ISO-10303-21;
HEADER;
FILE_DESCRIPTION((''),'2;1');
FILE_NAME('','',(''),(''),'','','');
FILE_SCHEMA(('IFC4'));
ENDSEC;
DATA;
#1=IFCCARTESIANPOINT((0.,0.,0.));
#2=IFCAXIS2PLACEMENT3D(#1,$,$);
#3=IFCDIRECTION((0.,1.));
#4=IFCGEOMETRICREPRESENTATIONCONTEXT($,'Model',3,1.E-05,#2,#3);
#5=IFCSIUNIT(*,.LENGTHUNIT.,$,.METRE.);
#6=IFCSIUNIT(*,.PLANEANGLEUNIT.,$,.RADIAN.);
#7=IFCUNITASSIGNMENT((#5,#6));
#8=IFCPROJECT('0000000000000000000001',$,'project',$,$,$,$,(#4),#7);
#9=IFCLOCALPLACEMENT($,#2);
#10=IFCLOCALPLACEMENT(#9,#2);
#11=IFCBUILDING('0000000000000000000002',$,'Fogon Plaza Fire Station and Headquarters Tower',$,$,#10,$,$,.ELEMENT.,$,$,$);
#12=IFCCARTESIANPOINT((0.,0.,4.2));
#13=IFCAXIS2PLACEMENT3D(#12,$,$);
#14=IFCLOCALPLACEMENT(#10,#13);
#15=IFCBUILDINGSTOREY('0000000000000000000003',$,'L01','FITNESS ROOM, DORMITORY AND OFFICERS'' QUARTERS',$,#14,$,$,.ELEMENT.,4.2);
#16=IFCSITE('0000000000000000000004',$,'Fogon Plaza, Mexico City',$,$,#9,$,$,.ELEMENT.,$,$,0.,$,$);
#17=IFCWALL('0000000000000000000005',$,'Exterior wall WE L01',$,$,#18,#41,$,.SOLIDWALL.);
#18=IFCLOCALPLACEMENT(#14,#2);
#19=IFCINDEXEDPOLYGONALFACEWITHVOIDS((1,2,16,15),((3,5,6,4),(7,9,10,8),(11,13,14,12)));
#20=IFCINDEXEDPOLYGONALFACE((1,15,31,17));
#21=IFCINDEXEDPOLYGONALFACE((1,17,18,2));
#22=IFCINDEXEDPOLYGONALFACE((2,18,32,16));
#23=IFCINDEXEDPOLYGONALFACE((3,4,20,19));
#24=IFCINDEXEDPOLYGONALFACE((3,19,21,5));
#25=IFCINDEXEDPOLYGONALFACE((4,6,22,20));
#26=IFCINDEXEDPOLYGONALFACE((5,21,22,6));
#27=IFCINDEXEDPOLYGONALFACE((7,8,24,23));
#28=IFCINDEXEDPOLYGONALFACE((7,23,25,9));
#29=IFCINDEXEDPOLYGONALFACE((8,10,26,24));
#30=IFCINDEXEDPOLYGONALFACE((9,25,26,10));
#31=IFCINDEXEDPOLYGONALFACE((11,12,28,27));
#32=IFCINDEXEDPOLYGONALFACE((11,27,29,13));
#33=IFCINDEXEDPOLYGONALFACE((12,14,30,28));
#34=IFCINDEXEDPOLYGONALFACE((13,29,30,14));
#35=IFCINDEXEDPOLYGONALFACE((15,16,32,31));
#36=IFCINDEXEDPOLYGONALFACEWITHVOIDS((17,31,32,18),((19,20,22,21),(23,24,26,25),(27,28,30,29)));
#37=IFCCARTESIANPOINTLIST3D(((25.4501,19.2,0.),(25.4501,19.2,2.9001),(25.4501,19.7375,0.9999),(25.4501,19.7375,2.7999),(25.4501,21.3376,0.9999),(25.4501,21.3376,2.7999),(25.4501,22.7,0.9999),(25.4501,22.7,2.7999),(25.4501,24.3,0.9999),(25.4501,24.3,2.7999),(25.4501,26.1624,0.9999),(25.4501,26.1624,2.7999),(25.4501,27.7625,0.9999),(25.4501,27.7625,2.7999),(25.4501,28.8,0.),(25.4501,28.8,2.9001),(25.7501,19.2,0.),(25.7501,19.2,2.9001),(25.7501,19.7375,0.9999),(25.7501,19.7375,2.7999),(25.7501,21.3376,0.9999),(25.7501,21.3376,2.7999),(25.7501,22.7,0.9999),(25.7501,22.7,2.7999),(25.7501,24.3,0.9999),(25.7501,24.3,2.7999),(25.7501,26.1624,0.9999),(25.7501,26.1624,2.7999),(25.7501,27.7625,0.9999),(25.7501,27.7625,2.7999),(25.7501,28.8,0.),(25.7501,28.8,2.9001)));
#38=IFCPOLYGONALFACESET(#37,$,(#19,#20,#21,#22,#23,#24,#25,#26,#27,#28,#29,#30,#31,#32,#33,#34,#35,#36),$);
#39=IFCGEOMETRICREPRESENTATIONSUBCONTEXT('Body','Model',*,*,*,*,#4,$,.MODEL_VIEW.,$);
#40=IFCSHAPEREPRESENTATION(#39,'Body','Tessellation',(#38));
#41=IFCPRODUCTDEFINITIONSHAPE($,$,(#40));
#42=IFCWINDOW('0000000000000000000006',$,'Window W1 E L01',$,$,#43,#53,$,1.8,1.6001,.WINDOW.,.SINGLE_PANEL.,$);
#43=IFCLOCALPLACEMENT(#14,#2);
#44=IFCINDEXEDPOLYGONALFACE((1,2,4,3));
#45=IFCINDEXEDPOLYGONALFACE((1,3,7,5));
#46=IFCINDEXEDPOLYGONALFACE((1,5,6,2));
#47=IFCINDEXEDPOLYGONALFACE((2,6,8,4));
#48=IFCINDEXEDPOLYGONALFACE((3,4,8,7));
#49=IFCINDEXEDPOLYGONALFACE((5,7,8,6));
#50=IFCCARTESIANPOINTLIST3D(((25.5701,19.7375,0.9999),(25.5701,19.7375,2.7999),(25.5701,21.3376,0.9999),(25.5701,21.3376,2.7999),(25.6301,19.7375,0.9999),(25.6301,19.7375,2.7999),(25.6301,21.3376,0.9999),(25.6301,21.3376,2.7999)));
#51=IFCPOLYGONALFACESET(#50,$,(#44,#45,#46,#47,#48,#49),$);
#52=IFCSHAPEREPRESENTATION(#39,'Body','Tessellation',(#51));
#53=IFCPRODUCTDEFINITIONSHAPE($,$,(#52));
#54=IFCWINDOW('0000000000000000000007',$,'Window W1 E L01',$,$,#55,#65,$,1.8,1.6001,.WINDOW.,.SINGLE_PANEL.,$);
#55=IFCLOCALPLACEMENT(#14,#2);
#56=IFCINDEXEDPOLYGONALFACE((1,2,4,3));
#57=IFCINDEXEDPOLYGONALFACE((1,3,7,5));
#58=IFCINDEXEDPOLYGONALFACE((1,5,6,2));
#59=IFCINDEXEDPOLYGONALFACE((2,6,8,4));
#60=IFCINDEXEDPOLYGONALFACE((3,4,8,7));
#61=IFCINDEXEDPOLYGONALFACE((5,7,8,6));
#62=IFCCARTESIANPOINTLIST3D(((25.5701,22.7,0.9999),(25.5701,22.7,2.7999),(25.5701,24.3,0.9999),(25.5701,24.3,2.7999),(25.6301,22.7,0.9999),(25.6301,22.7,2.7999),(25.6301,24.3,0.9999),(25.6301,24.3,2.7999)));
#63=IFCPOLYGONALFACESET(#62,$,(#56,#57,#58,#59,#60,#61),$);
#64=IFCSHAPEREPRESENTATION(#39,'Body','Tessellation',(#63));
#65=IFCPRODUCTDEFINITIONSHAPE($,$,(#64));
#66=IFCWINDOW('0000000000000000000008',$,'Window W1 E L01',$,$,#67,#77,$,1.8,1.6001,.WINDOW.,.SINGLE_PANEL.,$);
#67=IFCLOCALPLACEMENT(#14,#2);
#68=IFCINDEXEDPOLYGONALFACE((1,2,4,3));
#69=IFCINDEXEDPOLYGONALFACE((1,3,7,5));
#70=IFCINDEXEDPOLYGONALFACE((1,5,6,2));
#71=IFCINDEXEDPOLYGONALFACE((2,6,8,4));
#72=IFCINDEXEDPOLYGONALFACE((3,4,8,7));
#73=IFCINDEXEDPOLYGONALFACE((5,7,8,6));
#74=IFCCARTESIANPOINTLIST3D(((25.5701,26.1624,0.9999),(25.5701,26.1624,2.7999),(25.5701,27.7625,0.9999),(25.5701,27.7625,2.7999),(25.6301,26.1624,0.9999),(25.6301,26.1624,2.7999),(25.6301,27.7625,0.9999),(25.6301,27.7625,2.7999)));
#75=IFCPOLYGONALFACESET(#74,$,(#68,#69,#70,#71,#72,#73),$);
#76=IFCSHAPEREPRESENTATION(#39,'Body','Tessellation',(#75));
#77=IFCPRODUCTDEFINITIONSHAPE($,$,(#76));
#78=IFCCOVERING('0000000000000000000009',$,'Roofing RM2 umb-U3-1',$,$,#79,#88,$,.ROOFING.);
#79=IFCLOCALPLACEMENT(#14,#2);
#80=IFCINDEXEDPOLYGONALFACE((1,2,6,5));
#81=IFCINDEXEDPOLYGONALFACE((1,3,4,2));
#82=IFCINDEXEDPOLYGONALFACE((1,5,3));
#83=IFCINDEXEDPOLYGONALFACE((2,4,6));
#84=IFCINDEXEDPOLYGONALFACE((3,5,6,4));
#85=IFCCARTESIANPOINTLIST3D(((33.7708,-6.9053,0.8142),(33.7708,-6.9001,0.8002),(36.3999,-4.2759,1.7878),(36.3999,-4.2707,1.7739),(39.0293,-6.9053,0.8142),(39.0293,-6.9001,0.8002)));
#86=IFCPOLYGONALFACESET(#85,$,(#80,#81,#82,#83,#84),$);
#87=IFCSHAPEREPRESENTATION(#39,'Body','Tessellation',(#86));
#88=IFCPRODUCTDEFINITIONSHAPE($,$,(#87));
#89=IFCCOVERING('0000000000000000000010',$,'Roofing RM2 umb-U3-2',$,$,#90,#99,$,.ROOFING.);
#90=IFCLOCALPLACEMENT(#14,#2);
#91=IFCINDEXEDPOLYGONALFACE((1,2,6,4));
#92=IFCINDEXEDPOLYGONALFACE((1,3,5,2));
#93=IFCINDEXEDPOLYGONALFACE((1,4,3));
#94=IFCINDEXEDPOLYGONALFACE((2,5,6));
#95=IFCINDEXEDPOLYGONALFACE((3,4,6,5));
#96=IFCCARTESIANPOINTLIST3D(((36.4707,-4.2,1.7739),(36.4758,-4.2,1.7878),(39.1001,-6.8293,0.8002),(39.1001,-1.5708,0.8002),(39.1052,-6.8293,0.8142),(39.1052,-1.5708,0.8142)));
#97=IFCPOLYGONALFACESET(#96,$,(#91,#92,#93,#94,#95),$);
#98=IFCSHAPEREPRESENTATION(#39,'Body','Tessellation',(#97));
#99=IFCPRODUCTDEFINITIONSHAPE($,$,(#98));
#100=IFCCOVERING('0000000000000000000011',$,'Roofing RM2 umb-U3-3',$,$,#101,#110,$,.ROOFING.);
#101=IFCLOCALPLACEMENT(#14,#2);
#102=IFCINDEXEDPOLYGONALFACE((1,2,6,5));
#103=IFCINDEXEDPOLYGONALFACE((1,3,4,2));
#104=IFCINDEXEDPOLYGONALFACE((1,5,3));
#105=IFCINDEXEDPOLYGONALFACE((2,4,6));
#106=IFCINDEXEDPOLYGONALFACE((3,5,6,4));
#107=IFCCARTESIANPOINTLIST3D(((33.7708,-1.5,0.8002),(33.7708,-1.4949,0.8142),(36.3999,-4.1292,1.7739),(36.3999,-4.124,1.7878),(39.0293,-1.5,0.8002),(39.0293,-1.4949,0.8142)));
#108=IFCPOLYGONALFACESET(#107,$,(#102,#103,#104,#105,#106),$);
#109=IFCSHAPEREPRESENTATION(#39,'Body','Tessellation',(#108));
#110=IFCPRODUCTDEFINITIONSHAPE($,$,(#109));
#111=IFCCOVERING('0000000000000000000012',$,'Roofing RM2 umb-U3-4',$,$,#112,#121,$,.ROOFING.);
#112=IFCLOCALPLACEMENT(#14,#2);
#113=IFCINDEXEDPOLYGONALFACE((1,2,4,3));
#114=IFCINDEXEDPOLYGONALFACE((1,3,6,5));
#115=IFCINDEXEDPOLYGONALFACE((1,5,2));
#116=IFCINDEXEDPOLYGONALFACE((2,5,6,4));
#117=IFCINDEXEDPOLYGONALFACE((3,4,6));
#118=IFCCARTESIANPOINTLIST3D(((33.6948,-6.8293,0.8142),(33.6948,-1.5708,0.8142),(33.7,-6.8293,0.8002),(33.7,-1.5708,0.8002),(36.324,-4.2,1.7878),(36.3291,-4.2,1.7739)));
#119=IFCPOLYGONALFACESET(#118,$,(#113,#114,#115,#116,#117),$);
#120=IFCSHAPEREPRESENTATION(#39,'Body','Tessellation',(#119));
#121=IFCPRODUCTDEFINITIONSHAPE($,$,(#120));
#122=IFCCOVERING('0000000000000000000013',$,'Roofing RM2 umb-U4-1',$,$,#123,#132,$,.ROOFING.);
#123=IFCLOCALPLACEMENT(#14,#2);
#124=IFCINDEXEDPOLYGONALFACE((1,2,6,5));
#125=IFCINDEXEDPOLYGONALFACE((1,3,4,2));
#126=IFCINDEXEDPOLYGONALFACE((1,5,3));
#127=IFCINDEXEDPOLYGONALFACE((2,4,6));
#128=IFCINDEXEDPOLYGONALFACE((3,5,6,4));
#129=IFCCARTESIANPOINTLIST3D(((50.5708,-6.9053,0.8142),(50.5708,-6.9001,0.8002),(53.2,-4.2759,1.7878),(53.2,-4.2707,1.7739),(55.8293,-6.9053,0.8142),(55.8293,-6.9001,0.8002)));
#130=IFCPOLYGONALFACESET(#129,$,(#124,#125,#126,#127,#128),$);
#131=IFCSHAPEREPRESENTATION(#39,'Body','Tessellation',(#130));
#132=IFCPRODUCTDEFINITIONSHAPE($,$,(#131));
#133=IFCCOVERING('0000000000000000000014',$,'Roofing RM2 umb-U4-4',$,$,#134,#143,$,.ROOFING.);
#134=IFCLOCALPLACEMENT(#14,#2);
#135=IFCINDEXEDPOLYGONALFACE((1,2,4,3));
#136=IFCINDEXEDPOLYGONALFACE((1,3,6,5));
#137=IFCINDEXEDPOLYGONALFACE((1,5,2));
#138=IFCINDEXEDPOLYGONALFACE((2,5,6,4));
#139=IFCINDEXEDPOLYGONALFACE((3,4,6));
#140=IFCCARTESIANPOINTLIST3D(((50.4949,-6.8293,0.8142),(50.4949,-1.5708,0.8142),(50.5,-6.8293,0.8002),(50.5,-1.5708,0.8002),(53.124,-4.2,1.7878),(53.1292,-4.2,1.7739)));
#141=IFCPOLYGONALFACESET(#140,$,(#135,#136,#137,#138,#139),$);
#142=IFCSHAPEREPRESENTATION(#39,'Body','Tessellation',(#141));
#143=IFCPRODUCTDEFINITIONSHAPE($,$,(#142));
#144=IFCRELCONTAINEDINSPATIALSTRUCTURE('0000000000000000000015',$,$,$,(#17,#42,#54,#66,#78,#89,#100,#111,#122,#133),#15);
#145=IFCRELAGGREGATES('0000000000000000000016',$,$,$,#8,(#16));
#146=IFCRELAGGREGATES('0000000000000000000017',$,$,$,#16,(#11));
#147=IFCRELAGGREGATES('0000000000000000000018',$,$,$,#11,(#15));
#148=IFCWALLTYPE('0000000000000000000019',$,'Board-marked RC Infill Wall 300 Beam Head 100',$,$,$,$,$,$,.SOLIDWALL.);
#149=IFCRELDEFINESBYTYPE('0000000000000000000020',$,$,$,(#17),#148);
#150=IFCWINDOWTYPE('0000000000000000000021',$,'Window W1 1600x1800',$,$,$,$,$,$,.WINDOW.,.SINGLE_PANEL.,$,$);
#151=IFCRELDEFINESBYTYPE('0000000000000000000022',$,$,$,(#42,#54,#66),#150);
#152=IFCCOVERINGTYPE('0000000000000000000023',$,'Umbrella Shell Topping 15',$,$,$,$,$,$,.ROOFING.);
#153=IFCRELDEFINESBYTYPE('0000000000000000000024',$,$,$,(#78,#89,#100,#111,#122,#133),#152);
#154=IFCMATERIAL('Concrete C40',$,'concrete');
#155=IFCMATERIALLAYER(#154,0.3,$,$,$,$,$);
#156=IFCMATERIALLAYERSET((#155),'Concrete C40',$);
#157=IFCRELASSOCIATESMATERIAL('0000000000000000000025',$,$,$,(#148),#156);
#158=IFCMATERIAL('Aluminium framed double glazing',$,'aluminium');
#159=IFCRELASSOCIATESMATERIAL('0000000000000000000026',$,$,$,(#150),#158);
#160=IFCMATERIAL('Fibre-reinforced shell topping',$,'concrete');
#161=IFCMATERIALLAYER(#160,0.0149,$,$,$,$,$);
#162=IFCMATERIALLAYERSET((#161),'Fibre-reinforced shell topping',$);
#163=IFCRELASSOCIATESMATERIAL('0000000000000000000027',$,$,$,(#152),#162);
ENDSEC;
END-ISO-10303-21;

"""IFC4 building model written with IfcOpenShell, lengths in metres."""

from ifc_helpers import new_model, si_unit, direction, frame, frame_2d, origin, place, context, subcontext, project, spatial, polyline, rectangle, outline, extrude, material, layer, layer_set, type_object, element, fill, save


model = new_model("IFC4")

# Units and contexts
model_context = context("Model", 3, precision=1e-05, world=origin(), true_north=direction((0.0, 1.0)))
body_context = subcontext(model_context, "Body", "Model", "MODEL_VIEW")
ifc_project = project(units=[si_unit("LENGTHUNIT", "METRE"), si_unit("PLANEANGLEUNIT", "RADIAN")], contexts=[model_context])

# Site, building, storey
site_placement = place(None, origin())
site = spatial("IfcSite", under=ifc_project, at=site_placement, Name="Fogon Plaza, Mexico City", CompositionType="ELEMENT", RefElevation=0.0)
building_placement = place(site_placement, origin())
building = spatial("IfcBuilding", under=site, at=building_placement, Name="Fogon Plaza Fire Station and Headquarters Tower", CompositionType="ELEMENT")
storey_placement = place(building_placement, frame((0.0, 0.0, 4.2)))
storey = spatial("IfcBuildingStorey", under=building, at=storey_placement, Name="L01", Description="FITNESS ROOM, DORMITORY AND OFFICERS' QUARTERS", CompositionType="ELEMENT", Elevation=4.2)

# Shared definitions
ifc_material_1 = material(Name="Concrete C40", Category="concrete")
ifc_layer_1 = layer(ifc_material_1, 0.3)
ifc_layer_set_1 = layer_set([ifc_layer_1], Name="Concrete C40")
wall_type = type_object("IfcWallType", Name="Board-marked RC Infill Wall 300 Beam Head 100", PredefinedType="SOLIDWALL", material=ifc_layer_set_1)
ifc_material_2 = material(Name="Aluminium framed double glazing", Category="aluminium")
window_type = type_object("IfcWindowType", Name="Window W1 1600x1800", PartitioningType="SINGLE_PANEL", PredefinedType="WINDOW", material=ifc_material_2)

# Wall, openings, windows
wall_1_placement = place(storey_placement, frame((25.6001, 19.2, 0.0), z_axis=(0.0, 0.0, 1.0), x_axis=(0.0, 1.0, 0.0)))
wall_1 = element("IfcWall", 1, at=wall_1_placement, inside=storey, type_object=wall_type, Name="Exterior wall WE L01", PredefinedType="SOLIDWALL", context=body_context, shape_type="SweptSolid", body=[
    extrude(rectangle(XDim=9.6001, YDim=0.3, at=frame_2d((4.8, 0.0))), origin(), (0.0, 0.0, 1.0), 2.9001),
])
opening_1_placement = place(wall_1_placement, frame((0.5376, 0.0, 1.0)))
opening_1 = element("IfcOpeningElement", 2, at=opening_1_placement, cuts=wall_1, PredefinedType="OPENING", context=body_context, shape_type="SweptSolid", body=[
    extrude(rectangle(XDim=1.6001, YDim=1.8, at=frame_2d((0.8, 0.8999))), frame((0.0, 0.1599, 0.0), z_axis=(0.0, -1.0, 0.0), x_axis=(1.0, 0.0, 0.0)), (0.0, 0.0, 1.0), 0.3201),
])
opening_2_placement = place(wall_1_placement, frame((3.5, 0.0, 1.0)))
opening_2 = element("IfcOpeningElement", 3, at=opening_2_placement, cuts=wall_1, PredefinedType="OPENING", context=body_context, shape_type="SweptSolid", body=[
    extrude(rectangle(XDim=1.6001, YDim=1.8, at=frame_2d((0.8, 0.8999))), frame((0.0, 0.1599, 0.0), z_axis=(0.0, -1.0, 0.0), x_axis=(1.0, 0.0, 0.0)), (0.0, 0.0, 1.0), 0.3201),
])
opening_3_placement = place(wall_1_placement, frame((6.9624, 0.0, 1.0)))
opening_3 = element("IfcOpeningElement", 4, at=opening_3_placement, cuts=wall_1, PredefinedType="OPENING", context=body_context, shape_type="SweptSolid", body=[
    extrude(rectangle(XDim=1.6001, YDim=1.8, at=frame_2d((0.8, 0.8999))), frame((0.0, 0.1599, 0.0), z_axis=(0.0, -1.0, 0.0), x_axis=(1.0, 0.0, 0.0)), (0.0, 0.0, 1.0), 0.3201),
])
window_1_placement = place(opening_1_placement, origin())
window_1 = element("IfcWindow", 5, at=window_1_placement, inside=storey, type_object=window_type, Name="Window W1 E L01", OverallHeight=1.8, OverallWidth=1.6001, PartitioningType="SINGLE_PANEL", PredefinedType="WINDOW", context=body_context, shape_type="SweptSolid", body=[
    extrude(rectangle(XDim=1.6001, YDim=1.8, at=frame_2d((0.8, 0.8999))), frame((0.0, 0.03, 0.0), z_axis=(0.0, -1.0, 0.0), x_axis=(1.0, 0.0, 0.0)), (0.0, 0.0, 1.0), 0.0601),
])
fill(opening_1, window_1)
window_2_placement = place(opening_2_placement, origin())
window_2 = element("IfcWindow", 6, at=window_2_placement, inside=storey, type_object=window_type, Name="Window W1 E L01", OverallHeight=1.8, OverallWidth=1.6001, PartitioningType="SINGLE_PANEL", PredefinedType="WINDOW", context=body_context, shape_type="SweptSolid", body=[
    extrude(rectangle(XDim=1.6001, YDim=1.8, at=frame_2d((0.8, 0.8999))), frame((0.0, 0.03, 0.0), z_axis=(0.0, -1.0, 0.0), x_axis=(1.0, 0.0, 0.0)), (0.0, 0.0, 1.0), 0.0601),
])
fill(opening_2, window_2)
window_3_placement = place(opening_3_placement, origin())
window_3 = element("IfcWindow", 7, at=window_3_placement, inside=storey, type_object=window_type, Name="Window W1 E L01", OverallHeight=1.8, OverallWidth=1.6001, PartitioningType="SINGLE_PANEL", PredefinedType="WINDOW", context=body_context, shape_type="SweptSolid", body=[
    extrude(rectangle(XDim=1.6001, YDim=1.8, at=frame_2d((0.8, 0.8999))), frame((0.0, 0.03, 0.0), z_axis=(0.0, -1.0, 0.0), x_axis=(1.0, 0.0, 0.0)), (0.0, 0.0, 1.0), 0.0601),
])
fill(opening_3, window_3)

# Coverings
ifc_material_3 = material(Name="Fibre-reinforced shell topping", Category="concrete")
ifc_layer_2 = layer(ifc_material_3, 0.0149)
ifc_layer_set_2 = layer_set([ifc_layer_2], Name="Fibre-reinforced shell topping")
covering_type = type_object("IfcCoveringType", Name="Umbrella Shell Topping 15", PredefinedType="ROOFING", material=ifc_layer_set_2)
covering_1_placement = place(storey_placement, frame((33.7708, -6.9053, 0.8142), z_axis=(0.0, -0.347246, 0.937774), x_axis=(0.684014, 0.684077, 0.253305)))
element("IfcCovering", 8, at=covering_1_placement, inside=storey, type_object=covering_type, Name="Roofing RM2 umb-U3-1", PredefinedType="ROOFING", context=body_context, shape_type="SweptSolid", body=[
    extrude(outline(polyline([(0.0, 0.0), (3.8437, 0.0), (3.5969, -3.8359), (0.0, 0.0)])), origin(), (0.0, 0.0, -1.0), 0.0149),
])
covering_2_placement = place(storey_placement, frame((39.1052, -6.8293, 0.8142), z_axis=(0.347246, 0.0, 0.937774), x_axis=(-0.684047, 0.684047, 0.253294)))
element("IfcCovering", 9, at=covering_2_placement, inside=storey, type_object=covering_type, Name="Roofing RM2 umb-U3-2", PredefinedType="ROOFING", context=body_context, shape_type="SweptSolid", body=[
    extrude(outline(polyline([(0.0, 0.0), (3.8439, 0.0), (3.5971, -3.8358), (0.0, 0.0)])), origin(), (0.0, 0.0, -1.0), 0.0149),
])
covering_3_placement = place(storey_placement, frame((39.0293, -1.4949, 0.8142), z_axis=(0.0, 0.347275, 0.937763), x_axis=(-0.684077, -0.684014, 0.253305)))
element("IfcCovering", 10, at=covering_3_placement, inside=storey, type_object=covering_type, Name="Roofing RM2 umb-U3-3", PredefinedType="ROOFING", context=body_context, shape_type="SweptSolid", body=[
    extrude(outline(polyline([(0.0, 0.0), (3.8437, 0.0), (3.5973, -3.8356), (0.0, 0.0)])), origin(), (0.0, 0.0, -1.0), 0.0149),
])
covering_4_placement = place(storey_placement, frame((33.6948, -1.5708, 0.8142), z_axis=(-0.347275, 0.0, 0.937763), x_axis=(0.684043, -0.684043, 0.253316)))
element("IfcCovering", 11, at=covering_4_placement, inside=storey, type_object=covering_type, Name="Roofing RM2 umb-U3-4", PredefinedType="ROOFING", context=body_context, shape_type="SweptSolid", body=[
    extrude(outline(polyline([(0.0, 0.0), (3.8435, 0.0), (3.5971, -3.8358), (0.0, 0.0)])), origin(), (0.0, 0.0, -1.0), 0.0149),
])
covering_5_placement = place(storey_placement, frame((50.5708, -6.9053, 0.8142), z_axis=(0.0, -0.347246, 0.937774), x_axis=(0.684014, 0.684077, 0.253305)))
element("IfcCovering", 12, at=covering_5_placement, inside=storey, type_object=covering_type, Name="Roofing RM2 umb-U4-1", PredefinedType="ROOFING", context=body_context, shape_type="SweptSolid", body=[
    extrude(outline(polyline([(0.0, 0.0), (3.8437, 0.0), (3.5969, -3.8359), (0.0, 0.0)])), origin(), (0.0, 0.0, -1.0), 0.0149),
])
covering_6_placement = place(storey_placement, frame((50.4949, -1.5708, 0.8142), z_axis=(-0.347275, 0.0, 0.937763), x_axis=(0.684043, -0.684043, 0.253316)))
element("IfcCovering", 13, at=covering_6_placement, inside=storey, type_object=covering_type, Name="Roofing RM2 umb-U4-4", PredefinedType="ROOFING", context=body_context, shape_type="SweptSolid", body=[
    extrude(outline(polyline([(0.0, 0.0), (3.8435, 0.0), (3.5971, -3.8358), (0.0, 0.0)])), origin(), (0.0, 0.0, -1.0), 0.0149),
])

save(model, "model.ifc")
